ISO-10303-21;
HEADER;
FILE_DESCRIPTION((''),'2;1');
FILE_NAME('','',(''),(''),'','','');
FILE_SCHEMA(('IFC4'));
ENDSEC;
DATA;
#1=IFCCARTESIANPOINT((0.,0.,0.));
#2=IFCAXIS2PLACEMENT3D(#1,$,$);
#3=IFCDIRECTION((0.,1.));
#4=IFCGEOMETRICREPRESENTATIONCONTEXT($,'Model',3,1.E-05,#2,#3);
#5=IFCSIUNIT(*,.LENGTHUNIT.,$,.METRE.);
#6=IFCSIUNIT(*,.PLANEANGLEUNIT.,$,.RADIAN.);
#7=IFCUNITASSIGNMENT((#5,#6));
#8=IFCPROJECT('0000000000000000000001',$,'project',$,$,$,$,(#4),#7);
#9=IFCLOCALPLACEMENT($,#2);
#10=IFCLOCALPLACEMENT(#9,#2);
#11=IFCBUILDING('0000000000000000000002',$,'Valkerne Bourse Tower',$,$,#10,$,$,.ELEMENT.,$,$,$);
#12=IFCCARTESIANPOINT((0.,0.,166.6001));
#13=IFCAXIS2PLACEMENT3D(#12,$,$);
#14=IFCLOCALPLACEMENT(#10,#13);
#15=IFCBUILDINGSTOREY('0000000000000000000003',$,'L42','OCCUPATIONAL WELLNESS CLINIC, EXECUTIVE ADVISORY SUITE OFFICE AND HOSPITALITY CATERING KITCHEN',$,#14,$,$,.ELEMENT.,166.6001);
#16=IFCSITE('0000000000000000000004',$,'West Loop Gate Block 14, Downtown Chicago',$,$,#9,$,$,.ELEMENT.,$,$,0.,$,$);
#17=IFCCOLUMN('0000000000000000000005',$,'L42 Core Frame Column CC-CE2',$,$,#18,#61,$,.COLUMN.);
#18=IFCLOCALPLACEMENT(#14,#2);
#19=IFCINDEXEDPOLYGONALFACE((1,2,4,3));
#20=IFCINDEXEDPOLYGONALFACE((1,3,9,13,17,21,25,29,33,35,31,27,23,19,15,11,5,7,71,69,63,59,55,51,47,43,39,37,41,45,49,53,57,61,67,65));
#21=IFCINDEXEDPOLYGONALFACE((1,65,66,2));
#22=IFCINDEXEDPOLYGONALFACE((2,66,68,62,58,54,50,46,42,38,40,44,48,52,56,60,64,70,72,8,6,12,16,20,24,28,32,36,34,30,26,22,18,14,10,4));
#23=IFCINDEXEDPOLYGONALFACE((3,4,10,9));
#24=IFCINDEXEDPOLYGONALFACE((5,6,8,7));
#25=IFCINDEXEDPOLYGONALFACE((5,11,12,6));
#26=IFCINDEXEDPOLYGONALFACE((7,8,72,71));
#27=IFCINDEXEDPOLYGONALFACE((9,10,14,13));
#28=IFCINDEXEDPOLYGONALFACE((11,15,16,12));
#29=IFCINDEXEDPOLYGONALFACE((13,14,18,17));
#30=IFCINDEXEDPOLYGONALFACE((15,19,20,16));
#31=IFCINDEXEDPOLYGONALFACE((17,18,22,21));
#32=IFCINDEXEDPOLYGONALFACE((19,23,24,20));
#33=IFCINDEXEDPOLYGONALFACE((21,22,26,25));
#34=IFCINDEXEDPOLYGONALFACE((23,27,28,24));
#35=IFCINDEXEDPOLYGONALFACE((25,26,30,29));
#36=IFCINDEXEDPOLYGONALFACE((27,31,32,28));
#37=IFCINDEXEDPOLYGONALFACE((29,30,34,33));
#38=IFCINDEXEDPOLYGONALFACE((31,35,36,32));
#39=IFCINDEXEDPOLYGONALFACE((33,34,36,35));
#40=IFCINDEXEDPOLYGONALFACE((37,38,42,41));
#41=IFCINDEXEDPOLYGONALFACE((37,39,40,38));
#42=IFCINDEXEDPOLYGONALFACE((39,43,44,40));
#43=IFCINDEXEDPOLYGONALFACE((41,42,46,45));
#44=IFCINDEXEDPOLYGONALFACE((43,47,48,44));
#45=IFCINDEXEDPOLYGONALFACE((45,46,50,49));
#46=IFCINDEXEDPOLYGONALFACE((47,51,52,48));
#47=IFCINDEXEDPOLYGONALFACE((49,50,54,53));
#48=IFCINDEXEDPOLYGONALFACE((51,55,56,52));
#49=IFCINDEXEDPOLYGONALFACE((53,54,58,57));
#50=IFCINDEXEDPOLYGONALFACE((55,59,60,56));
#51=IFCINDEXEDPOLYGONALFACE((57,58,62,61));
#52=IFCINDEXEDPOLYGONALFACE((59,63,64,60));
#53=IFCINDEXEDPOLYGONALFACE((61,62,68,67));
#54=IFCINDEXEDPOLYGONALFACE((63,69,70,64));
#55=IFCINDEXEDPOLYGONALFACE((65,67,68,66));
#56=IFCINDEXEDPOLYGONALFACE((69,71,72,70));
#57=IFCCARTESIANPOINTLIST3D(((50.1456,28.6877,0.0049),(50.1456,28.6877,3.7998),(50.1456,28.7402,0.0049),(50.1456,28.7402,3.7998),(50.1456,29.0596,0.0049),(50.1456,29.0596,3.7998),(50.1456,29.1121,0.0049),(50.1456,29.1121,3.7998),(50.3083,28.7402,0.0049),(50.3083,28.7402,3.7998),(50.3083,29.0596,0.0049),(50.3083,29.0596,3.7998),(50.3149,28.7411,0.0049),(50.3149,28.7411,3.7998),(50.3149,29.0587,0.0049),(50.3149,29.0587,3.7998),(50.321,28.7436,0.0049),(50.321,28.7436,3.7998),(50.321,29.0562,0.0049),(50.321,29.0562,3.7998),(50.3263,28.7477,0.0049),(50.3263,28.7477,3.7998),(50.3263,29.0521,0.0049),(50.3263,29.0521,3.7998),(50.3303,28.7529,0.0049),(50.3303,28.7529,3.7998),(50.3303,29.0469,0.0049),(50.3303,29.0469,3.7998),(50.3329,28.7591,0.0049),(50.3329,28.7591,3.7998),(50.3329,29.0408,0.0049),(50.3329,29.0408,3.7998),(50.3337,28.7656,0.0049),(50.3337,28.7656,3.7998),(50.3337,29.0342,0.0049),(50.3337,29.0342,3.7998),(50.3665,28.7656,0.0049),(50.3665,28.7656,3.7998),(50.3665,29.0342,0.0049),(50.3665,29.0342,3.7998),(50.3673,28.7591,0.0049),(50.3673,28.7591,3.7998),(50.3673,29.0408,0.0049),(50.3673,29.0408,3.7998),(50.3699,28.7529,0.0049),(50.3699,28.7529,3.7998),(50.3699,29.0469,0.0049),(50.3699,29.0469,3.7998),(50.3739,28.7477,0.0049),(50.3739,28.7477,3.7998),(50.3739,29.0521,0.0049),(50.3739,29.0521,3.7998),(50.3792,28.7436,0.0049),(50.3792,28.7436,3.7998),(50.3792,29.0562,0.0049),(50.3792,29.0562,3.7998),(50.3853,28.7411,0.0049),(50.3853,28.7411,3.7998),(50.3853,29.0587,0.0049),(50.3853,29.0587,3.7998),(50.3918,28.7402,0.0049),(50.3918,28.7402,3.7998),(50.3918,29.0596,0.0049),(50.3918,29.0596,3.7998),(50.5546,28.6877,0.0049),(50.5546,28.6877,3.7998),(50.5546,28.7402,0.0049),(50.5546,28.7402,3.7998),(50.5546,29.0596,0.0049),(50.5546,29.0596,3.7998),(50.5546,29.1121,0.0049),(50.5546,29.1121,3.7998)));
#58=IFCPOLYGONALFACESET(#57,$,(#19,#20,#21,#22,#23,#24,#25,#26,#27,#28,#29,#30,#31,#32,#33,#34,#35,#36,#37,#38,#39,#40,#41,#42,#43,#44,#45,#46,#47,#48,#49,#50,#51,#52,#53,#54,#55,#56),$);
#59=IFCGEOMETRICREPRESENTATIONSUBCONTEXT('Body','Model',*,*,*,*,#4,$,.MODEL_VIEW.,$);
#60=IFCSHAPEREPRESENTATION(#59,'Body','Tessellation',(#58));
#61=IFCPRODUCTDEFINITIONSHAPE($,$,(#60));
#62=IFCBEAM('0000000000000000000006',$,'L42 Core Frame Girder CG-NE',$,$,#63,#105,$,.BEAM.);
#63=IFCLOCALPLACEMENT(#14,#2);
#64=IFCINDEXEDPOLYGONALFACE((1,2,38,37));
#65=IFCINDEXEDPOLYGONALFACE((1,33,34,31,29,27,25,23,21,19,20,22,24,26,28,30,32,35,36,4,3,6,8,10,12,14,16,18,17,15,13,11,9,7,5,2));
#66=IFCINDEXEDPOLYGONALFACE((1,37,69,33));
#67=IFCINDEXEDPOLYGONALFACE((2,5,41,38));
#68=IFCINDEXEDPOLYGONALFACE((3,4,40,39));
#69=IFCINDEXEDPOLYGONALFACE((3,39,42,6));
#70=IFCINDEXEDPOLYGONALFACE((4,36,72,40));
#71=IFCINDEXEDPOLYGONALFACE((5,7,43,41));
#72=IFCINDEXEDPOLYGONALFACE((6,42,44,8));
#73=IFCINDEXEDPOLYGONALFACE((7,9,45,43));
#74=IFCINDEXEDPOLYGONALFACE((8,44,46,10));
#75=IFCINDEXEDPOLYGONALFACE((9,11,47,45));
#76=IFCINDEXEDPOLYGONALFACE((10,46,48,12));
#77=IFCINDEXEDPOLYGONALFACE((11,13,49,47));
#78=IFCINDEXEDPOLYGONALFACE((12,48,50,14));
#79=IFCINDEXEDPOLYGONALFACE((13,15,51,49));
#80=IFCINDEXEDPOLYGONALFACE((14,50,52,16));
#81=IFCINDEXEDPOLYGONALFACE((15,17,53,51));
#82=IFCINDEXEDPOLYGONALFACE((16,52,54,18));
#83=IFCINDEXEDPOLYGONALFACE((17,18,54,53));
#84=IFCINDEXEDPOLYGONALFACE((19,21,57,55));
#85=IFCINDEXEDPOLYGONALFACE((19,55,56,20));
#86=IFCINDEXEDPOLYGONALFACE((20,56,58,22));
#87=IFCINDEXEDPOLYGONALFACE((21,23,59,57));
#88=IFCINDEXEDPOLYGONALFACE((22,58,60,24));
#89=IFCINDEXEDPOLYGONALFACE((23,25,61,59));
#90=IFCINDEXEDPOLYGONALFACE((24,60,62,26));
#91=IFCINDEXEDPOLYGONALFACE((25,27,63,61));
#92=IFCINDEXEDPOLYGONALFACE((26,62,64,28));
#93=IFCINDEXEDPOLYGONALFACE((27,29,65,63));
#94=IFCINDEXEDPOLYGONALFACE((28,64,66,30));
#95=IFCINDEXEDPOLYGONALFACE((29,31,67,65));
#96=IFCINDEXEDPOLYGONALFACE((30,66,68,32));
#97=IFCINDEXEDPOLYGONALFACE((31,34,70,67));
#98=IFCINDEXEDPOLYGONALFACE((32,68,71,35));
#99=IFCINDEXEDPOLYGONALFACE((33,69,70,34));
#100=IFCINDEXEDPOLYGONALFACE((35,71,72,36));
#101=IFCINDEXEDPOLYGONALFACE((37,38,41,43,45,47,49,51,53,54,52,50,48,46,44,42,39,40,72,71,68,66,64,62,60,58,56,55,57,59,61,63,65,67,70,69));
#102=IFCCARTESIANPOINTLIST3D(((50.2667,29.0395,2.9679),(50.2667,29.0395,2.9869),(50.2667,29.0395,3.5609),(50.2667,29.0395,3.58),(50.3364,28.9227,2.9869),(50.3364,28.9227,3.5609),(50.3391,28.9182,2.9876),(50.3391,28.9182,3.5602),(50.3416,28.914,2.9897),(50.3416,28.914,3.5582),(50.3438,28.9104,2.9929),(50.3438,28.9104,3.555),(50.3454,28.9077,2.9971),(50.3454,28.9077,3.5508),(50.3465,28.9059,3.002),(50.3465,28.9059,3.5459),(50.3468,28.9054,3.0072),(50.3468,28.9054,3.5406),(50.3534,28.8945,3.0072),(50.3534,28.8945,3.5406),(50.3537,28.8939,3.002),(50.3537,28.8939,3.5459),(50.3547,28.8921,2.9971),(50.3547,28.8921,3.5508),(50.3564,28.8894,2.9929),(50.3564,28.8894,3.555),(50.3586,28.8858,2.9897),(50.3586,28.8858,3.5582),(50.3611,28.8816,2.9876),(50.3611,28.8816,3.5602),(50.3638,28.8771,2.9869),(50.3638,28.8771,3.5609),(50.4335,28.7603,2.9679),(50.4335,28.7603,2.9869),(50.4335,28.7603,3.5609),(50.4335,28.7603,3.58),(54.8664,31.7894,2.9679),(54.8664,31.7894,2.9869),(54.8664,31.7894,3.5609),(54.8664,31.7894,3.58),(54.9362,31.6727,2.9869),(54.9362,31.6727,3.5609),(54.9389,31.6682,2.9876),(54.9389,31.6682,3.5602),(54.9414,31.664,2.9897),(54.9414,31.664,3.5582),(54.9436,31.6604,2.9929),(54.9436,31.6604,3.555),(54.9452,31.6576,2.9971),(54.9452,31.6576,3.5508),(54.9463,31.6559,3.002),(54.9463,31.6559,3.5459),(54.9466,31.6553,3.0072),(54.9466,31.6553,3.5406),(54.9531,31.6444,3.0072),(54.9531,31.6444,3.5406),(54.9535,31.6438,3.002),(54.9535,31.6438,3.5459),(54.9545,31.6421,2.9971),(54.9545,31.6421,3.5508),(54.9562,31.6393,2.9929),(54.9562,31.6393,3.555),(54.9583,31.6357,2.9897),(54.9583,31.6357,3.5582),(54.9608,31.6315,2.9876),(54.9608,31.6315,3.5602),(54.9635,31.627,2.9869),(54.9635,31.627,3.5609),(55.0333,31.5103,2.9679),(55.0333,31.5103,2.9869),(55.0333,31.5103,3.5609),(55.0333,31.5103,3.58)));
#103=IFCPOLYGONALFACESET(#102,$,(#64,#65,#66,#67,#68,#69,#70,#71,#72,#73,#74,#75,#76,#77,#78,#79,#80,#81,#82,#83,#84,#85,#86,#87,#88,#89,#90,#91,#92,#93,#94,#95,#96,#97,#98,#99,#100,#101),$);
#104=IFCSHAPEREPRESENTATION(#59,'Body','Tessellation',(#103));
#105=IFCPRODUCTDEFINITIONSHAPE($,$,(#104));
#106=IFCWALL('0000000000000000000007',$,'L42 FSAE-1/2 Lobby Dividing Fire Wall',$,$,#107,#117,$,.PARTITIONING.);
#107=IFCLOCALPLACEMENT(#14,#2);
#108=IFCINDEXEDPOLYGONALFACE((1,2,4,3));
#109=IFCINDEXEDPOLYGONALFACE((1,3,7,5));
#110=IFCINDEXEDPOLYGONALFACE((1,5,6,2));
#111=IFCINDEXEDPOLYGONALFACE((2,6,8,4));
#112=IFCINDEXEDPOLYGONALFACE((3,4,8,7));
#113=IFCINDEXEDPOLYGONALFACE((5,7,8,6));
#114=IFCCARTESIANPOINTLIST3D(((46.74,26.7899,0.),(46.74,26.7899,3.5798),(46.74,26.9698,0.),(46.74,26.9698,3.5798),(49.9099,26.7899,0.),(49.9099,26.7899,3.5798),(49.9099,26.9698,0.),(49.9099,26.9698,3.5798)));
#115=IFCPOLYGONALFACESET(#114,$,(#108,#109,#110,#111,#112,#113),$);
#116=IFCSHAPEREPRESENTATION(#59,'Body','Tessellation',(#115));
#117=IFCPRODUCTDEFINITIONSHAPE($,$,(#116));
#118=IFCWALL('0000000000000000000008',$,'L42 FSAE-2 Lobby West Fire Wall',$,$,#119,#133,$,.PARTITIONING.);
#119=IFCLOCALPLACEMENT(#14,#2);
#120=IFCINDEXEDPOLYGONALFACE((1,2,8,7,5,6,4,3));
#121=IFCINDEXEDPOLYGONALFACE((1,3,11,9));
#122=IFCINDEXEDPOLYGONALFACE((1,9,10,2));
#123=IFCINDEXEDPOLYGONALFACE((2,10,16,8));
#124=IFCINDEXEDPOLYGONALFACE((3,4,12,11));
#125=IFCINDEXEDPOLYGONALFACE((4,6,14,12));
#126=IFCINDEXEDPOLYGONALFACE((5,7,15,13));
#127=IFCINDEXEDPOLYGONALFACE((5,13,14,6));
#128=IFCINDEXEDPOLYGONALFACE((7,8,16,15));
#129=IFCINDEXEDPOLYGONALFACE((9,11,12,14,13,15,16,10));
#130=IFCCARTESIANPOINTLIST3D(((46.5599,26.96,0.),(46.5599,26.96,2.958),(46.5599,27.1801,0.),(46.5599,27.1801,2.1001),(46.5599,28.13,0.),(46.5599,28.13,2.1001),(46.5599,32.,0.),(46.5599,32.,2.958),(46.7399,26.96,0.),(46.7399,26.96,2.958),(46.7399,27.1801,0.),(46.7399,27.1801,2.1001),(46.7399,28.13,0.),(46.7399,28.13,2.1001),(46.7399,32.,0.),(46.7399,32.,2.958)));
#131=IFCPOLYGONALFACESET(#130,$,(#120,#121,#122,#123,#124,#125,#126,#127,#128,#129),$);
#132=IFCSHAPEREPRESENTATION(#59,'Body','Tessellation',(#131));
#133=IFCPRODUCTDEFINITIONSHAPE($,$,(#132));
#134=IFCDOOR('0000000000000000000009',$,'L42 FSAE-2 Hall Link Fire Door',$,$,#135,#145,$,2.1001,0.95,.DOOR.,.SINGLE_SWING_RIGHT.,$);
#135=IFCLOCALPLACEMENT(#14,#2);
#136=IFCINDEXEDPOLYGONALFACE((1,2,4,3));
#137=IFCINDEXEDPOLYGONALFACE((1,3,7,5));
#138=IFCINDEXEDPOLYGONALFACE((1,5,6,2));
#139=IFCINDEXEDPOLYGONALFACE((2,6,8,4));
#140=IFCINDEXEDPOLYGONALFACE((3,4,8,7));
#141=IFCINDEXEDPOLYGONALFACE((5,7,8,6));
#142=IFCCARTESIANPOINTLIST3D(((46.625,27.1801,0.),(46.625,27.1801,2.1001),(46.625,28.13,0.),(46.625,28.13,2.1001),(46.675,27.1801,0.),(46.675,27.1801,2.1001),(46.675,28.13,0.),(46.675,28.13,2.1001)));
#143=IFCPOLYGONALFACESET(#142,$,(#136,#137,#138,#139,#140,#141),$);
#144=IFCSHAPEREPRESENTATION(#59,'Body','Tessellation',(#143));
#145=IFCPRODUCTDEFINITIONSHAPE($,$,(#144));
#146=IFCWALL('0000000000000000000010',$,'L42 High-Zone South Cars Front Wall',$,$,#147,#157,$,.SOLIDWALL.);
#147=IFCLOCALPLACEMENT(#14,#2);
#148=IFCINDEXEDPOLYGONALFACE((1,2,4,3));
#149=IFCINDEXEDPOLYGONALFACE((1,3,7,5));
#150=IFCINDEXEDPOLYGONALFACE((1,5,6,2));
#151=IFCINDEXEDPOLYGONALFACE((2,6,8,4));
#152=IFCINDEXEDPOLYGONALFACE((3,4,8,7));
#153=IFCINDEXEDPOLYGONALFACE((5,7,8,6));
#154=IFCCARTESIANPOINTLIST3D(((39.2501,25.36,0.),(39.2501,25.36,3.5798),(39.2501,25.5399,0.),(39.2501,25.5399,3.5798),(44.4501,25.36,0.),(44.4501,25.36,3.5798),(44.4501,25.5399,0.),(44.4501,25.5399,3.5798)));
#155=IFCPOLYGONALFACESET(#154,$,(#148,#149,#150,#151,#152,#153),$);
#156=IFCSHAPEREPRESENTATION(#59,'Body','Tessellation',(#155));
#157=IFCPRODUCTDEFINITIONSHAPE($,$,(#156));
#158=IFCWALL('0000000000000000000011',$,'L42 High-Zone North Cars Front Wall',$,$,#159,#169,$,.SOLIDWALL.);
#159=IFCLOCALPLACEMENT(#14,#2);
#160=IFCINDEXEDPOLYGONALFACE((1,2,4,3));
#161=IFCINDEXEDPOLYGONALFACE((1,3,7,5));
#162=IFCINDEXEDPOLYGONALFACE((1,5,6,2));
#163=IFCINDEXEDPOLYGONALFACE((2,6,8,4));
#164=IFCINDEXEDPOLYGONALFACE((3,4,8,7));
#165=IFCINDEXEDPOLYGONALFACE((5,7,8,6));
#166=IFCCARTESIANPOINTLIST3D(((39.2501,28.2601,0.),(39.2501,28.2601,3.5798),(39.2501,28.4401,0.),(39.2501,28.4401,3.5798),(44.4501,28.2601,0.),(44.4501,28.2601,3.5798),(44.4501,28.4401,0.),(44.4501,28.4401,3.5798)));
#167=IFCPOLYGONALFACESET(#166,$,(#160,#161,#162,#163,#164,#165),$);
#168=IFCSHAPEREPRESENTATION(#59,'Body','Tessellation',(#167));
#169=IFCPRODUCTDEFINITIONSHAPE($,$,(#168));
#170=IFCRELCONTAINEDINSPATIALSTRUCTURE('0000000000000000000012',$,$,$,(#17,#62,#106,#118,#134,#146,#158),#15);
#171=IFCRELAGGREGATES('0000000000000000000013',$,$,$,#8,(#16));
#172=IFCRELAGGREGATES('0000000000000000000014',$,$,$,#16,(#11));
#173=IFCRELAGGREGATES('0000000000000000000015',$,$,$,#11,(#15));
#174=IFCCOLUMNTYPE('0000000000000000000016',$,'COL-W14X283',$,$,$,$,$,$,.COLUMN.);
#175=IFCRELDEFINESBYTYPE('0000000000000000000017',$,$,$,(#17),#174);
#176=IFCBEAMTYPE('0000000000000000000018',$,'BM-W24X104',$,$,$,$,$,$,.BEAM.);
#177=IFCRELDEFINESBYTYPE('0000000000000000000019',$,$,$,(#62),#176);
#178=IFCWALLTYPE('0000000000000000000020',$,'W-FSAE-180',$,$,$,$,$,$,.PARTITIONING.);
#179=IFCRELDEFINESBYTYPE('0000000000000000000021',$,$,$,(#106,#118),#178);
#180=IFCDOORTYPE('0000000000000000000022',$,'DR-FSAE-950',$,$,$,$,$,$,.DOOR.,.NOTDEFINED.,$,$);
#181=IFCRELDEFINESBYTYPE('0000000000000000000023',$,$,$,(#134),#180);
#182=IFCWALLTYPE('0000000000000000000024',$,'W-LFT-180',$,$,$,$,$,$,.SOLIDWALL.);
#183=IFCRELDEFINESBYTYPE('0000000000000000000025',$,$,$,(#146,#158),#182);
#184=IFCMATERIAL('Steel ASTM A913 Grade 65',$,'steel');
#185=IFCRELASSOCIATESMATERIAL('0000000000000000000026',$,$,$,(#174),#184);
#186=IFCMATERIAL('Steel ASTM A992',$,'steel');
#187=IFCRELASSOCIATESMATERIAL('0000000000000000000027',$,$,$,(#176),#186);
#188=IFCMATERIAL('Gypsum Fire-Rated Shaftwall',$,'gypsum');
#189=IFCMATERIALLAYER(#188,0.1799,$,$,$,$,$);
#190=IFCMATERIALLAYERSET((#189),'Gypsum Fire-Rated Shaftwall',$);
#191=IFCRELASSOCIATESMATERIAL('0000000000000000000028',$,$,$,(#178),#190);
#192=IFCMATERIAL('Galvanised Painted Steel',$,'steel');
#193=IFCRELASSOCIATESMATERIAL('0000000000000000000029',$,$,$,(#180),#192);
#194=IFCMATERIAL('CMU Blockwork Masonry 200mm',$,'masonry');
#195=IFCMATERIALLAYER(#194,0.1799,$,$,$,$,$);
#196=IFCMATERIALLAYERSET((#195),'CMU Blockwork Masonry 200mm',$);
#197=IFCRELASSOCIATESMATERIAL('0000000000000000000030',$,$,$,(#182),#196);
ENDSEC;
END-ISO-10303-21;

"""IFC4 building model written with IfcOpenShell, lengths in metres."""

from ifc_helpers import new_model, si_unit, direction, frame, frame_2d, origin, origin_2d, place, context, subcontext, project, spatial, rectangle, i_section, extrude, material, layer, layer_set, material_profile, profile_set, type_object, element, fill, save


model = new_model("IFC4")

# Units and contexts
model_context = context("Model", 3, precision=1e-05, world=origin(), true_north=direction((0.0, 1.0)))
body_context = subcontext(model_context, "Body", "Model", "MODEL_VIEW")
ifc_project = project(units=[si_unit("LENGTHUNIT", "METRE"), si_unit("PLANEANGLEUNIT", "RADIAN")], contexts=[model_context])

# Site, building, storey
site_placement = place(None, origin())
site = spatial("IfcSite", under=ifc_project, at=site_placement, Name="West Loop Gate Block 14, Downtown Chicago", CompositionType="ELEMENT", RefElevation=0.0)
building_placement = place(site_placement, origin())
building = spatial("IfcBuilding", under=site, at=building_placement, Name="Valkerne Bourse Tower", CompositionType="ELEMENT")
storey_placement = place(building_placement, frame((0.0, 0.0, 166.6001)))
storey = spatial("IfcBuildingStorey", under=building, at=storey_placement, Name="L42", Description="OCCUPATIONAL WELLNESS CLINIC, EXECUTIVE ADVISORY SUITE OFFICE AND HOSPITALITY CATERING KITCHEN", CompositionType="ELEMENT", Elevation=166.6001)

# Column
ifc_material_1 = material(Name="Steel ASTM A913 Grade 65", Category="steel")
ifc_material_profile_1 = material_profile(ifc_material_1, i_section(OverallWidth=0.4089, OverallDepth=0.4243, WebThickness=0.0327, FlangeThickness=0.0525, FilletRadius=0.0254, at=origin_2d()), Name="W14X283")
ifc_profile_set_1 = profile_set([ifc_material_profile_1], Name="Steel ASTM A913 Grade 65")
column_type = type_object("IfcColumnType", Name="COL-W14X283", PredefinedType="COLUMN", material=ifc_profile_set_1)
column_placement = place(storey_placement, frame((50.3501, 28.8999, 0.0049), z_axis=(0.0, 0.0, 1.0), x_axis=(1.0, 0.0, 0.0)))
element("IfcColumn", 1, at=column_placement, inside=storey, type_object=column_type, Name="L42 Core Frame Column CC-CE2", PredefinedType="COLUMN", context=body_context, shape_type="SweptSolid", body=[
    extrude(i_section(OverallWidth=0.4089, OverallDepth=0.4243, WebThickness=0.0327, FlangeThickness=0.0525, FilletRadius=0.0254, at=origin_2d()), origin(), (0.0, 0.0, 1.0), 3.7949),
])

# Beam
ifc_material_2 = material(Name="Steel ASTM A992", Category="steel")
ifc_material_profile_2 = material_profile(ifc_material_2, i_section(OverallWidth=0.3252, OverallDepth=0.6121, WebThickness=0.0127, FlangeThickness=0.019, FilletRadius=0.0203, at=origin_2d()), Name="W24X104")
ifc_profile_set_2 = profile_set([ifc_material_profile_2], Name="Steel ASTM A992")
beam_type = type_object("IfcBeamType", Name="BM-W24X104", PredefinedType="BEAM", material=ifc_profile_set_2)
beam_placement = place(storey_placement, frame((50.3501, 28.8999, 3.2739), z_axis=(0.858308, 0.513135, 0.0), x_axis=(-0.513135, 0.858308, 0.0)))
element("IfcBeam", 2, at=beam_placement, inside=storey, type_object=beam_type, Name="L42 Core Frame Girder CG-NE", PredefinedType="BEAM", context=body_context, shape_type="SweptSolid", body=[
    extrude(i_section(OverallWidth=0.3252, OverallDepth=0.6121, WebThickness=0.0127, FlangeThickness=0.019, FilletRadius=0.0203, at=origin_2d()), origin(), (0.0, 0.0, 1.0), 5.3591),
])

# Wall
ifc_material_3 = material(Name="Gypsum Fire-Rated Shaftwall", Category="gypsum")
ifc_layer_1 = layer(ifc_material_3, 0.1799)
ifc_layer_set_1 = layer_set([ifc_layer_1], Name="Gypsum Fire-Rated Shaftwall")
wall_type_1 = type_object("IfcWallType", Name="W-FSAE-180", PredefinedType="PARTITIONING", material=ifc_layer_set_1)
wall_1_placement = place(storey_placement, frame((46.74, 26.8799, 0.0), z_axis=(0.0, 0.0, 1.0), x_axis=(1.0, 0.0, 0.0)))
element("IfcWall", 3, at=wall_1_placement, inside=storey, type_object=wall_type_1, Name="L42 FSAE-1/2 Lobby Dividing Fire Wall", PredefinedType="PARTITIONING", context=body_context, shape_type="SweptSolid", body=[
    extrude(rectangle(XDim=3.1699, YDim=0.1799, at=frame_2d((1.585, 0.0))), origin(), (0.0, 0.0, 1.0), 3.5798),
])

# Wall, opening, door
wall_2_placement = place(storey_placement, frame((46.6499, 26.96, 0.0), z_axis=(0.0, 0.0, 1.0), x_axis=(0.0, 1.0, 0.0)))
wall_2 = element("IfcWall", 4, at=wall_2_placement, inside=storey, type_object=wall_type_1, Name="L42 FSAE-2 Lobby West Fire Wall", PredefinedType="PARTITIONING", context=body_context, shape_type="SweptSolid", body=[
    extrude(rectangle(XDim=5.04, YDim=0.1799, at=frame_2d((2.52, 0.0))), origin(), (0.0, 0.0, 1.0), 2.958),
])
opening_1_placement = place(wall_2_placement, frame((0.22, 0.0, 0.0)))
opening_1 = element("IfcOpeningElement", 5, at=opening_1_placement, cuts=wall_2, PredefinedType="OPENING", context=body_context, shape_type="SweptSolid", body=[
    extrude(rectangle(XDim=0.95, YDim=2.1001, at=frame_2d((0.4751, 1.05))), frame((0.0, 0.0999, 0.0), z_axis=(0.0, -1.0, 0.0), x_axis=(1.0, 0.0, 0.0)), (0.0, 0.0, 1.0), 0.2),
])
ifc_material_4 = material(Name="Galvanised Painted Steel", Category="steel")
door_type_1 = type_object("IfcDoorType", Name="DR-FSAE-950", OperationType="NOTDEFINED", PredefinedType="DOOR", material=ifc_material_4)
door_1_placement = place(opening_1_placement, origin())
door_1 = element("IfcDoor", 6, at=door_1_placement, inside=storey, type_object=door_type_1, Name="L42 FSAE-2 Hall Link Fire Door", OperationType="SINGLE_SWING_RIGHT", OverallHeight=2.1001, OverallWidth=0.95, PredefinedType="DOOR", context=body_context, shape_type="SweptSolid", body=[
    extrude(rectangle(XDim=0.95, YDim=2.1001, at=frame_2d((0.4751, 1.05))), frame((0.0, 0.0249, 0.0), z_axis=(0.0, -1.0, 0.0), x_axis=(1.0, 0.0, 0.0)), (0.0, 0.0, 1.0), 0.05),
])
fill(opening_1, door_1)

# Shared definitions
ifc_material_5 = material(Name="CMU Blockwork Masonry 200mm", Category="masonry")
ifc_layer_2 = layer(ifc_material_5, 0.1799)
ifc_layer_set_2 = layer_set([ifc_layer_2], Name="CMU Blockwork Masonry 200mm")
wall_type_2 = type_object("IfcWallType", Name="W-LFT-180", PredefinedType="SOLIDWALL", material=ifc_layer_set_2)

# Walls
for number, where, z_axis, x_axis, name in (
    (7, (39.25, 25.45, 0.0), (0.0, 0.0, 1.0), (1.0, 0.0, 0.0), "L42 High-Zone South Cars Front Wall"),
    (8, (39.25, 28.3501, 0.0), (0.0, 0.0, 1.0), (1.0, 0.0, 0.0), "L42 High-Zone North Cars Front Wall"),
):
    element("IfcWall", number, at=place(storey_placement, frame(where, z_axis=z_axis, x_axis=x_axis)), inside=storey, type_object=wall_type_2, Name=name, PredefinedType="SOLIDWALL", context=body_context, shape_type="SweptSolid", body=[
        extrude(rectangle(XDim=5.2, YDim=0.1799, at=frame_2d((2.6001, 0.0))), origin(), (0.0, 0.0, 1.0), 3.5798),
    ])

save(model, "model.ifc")
